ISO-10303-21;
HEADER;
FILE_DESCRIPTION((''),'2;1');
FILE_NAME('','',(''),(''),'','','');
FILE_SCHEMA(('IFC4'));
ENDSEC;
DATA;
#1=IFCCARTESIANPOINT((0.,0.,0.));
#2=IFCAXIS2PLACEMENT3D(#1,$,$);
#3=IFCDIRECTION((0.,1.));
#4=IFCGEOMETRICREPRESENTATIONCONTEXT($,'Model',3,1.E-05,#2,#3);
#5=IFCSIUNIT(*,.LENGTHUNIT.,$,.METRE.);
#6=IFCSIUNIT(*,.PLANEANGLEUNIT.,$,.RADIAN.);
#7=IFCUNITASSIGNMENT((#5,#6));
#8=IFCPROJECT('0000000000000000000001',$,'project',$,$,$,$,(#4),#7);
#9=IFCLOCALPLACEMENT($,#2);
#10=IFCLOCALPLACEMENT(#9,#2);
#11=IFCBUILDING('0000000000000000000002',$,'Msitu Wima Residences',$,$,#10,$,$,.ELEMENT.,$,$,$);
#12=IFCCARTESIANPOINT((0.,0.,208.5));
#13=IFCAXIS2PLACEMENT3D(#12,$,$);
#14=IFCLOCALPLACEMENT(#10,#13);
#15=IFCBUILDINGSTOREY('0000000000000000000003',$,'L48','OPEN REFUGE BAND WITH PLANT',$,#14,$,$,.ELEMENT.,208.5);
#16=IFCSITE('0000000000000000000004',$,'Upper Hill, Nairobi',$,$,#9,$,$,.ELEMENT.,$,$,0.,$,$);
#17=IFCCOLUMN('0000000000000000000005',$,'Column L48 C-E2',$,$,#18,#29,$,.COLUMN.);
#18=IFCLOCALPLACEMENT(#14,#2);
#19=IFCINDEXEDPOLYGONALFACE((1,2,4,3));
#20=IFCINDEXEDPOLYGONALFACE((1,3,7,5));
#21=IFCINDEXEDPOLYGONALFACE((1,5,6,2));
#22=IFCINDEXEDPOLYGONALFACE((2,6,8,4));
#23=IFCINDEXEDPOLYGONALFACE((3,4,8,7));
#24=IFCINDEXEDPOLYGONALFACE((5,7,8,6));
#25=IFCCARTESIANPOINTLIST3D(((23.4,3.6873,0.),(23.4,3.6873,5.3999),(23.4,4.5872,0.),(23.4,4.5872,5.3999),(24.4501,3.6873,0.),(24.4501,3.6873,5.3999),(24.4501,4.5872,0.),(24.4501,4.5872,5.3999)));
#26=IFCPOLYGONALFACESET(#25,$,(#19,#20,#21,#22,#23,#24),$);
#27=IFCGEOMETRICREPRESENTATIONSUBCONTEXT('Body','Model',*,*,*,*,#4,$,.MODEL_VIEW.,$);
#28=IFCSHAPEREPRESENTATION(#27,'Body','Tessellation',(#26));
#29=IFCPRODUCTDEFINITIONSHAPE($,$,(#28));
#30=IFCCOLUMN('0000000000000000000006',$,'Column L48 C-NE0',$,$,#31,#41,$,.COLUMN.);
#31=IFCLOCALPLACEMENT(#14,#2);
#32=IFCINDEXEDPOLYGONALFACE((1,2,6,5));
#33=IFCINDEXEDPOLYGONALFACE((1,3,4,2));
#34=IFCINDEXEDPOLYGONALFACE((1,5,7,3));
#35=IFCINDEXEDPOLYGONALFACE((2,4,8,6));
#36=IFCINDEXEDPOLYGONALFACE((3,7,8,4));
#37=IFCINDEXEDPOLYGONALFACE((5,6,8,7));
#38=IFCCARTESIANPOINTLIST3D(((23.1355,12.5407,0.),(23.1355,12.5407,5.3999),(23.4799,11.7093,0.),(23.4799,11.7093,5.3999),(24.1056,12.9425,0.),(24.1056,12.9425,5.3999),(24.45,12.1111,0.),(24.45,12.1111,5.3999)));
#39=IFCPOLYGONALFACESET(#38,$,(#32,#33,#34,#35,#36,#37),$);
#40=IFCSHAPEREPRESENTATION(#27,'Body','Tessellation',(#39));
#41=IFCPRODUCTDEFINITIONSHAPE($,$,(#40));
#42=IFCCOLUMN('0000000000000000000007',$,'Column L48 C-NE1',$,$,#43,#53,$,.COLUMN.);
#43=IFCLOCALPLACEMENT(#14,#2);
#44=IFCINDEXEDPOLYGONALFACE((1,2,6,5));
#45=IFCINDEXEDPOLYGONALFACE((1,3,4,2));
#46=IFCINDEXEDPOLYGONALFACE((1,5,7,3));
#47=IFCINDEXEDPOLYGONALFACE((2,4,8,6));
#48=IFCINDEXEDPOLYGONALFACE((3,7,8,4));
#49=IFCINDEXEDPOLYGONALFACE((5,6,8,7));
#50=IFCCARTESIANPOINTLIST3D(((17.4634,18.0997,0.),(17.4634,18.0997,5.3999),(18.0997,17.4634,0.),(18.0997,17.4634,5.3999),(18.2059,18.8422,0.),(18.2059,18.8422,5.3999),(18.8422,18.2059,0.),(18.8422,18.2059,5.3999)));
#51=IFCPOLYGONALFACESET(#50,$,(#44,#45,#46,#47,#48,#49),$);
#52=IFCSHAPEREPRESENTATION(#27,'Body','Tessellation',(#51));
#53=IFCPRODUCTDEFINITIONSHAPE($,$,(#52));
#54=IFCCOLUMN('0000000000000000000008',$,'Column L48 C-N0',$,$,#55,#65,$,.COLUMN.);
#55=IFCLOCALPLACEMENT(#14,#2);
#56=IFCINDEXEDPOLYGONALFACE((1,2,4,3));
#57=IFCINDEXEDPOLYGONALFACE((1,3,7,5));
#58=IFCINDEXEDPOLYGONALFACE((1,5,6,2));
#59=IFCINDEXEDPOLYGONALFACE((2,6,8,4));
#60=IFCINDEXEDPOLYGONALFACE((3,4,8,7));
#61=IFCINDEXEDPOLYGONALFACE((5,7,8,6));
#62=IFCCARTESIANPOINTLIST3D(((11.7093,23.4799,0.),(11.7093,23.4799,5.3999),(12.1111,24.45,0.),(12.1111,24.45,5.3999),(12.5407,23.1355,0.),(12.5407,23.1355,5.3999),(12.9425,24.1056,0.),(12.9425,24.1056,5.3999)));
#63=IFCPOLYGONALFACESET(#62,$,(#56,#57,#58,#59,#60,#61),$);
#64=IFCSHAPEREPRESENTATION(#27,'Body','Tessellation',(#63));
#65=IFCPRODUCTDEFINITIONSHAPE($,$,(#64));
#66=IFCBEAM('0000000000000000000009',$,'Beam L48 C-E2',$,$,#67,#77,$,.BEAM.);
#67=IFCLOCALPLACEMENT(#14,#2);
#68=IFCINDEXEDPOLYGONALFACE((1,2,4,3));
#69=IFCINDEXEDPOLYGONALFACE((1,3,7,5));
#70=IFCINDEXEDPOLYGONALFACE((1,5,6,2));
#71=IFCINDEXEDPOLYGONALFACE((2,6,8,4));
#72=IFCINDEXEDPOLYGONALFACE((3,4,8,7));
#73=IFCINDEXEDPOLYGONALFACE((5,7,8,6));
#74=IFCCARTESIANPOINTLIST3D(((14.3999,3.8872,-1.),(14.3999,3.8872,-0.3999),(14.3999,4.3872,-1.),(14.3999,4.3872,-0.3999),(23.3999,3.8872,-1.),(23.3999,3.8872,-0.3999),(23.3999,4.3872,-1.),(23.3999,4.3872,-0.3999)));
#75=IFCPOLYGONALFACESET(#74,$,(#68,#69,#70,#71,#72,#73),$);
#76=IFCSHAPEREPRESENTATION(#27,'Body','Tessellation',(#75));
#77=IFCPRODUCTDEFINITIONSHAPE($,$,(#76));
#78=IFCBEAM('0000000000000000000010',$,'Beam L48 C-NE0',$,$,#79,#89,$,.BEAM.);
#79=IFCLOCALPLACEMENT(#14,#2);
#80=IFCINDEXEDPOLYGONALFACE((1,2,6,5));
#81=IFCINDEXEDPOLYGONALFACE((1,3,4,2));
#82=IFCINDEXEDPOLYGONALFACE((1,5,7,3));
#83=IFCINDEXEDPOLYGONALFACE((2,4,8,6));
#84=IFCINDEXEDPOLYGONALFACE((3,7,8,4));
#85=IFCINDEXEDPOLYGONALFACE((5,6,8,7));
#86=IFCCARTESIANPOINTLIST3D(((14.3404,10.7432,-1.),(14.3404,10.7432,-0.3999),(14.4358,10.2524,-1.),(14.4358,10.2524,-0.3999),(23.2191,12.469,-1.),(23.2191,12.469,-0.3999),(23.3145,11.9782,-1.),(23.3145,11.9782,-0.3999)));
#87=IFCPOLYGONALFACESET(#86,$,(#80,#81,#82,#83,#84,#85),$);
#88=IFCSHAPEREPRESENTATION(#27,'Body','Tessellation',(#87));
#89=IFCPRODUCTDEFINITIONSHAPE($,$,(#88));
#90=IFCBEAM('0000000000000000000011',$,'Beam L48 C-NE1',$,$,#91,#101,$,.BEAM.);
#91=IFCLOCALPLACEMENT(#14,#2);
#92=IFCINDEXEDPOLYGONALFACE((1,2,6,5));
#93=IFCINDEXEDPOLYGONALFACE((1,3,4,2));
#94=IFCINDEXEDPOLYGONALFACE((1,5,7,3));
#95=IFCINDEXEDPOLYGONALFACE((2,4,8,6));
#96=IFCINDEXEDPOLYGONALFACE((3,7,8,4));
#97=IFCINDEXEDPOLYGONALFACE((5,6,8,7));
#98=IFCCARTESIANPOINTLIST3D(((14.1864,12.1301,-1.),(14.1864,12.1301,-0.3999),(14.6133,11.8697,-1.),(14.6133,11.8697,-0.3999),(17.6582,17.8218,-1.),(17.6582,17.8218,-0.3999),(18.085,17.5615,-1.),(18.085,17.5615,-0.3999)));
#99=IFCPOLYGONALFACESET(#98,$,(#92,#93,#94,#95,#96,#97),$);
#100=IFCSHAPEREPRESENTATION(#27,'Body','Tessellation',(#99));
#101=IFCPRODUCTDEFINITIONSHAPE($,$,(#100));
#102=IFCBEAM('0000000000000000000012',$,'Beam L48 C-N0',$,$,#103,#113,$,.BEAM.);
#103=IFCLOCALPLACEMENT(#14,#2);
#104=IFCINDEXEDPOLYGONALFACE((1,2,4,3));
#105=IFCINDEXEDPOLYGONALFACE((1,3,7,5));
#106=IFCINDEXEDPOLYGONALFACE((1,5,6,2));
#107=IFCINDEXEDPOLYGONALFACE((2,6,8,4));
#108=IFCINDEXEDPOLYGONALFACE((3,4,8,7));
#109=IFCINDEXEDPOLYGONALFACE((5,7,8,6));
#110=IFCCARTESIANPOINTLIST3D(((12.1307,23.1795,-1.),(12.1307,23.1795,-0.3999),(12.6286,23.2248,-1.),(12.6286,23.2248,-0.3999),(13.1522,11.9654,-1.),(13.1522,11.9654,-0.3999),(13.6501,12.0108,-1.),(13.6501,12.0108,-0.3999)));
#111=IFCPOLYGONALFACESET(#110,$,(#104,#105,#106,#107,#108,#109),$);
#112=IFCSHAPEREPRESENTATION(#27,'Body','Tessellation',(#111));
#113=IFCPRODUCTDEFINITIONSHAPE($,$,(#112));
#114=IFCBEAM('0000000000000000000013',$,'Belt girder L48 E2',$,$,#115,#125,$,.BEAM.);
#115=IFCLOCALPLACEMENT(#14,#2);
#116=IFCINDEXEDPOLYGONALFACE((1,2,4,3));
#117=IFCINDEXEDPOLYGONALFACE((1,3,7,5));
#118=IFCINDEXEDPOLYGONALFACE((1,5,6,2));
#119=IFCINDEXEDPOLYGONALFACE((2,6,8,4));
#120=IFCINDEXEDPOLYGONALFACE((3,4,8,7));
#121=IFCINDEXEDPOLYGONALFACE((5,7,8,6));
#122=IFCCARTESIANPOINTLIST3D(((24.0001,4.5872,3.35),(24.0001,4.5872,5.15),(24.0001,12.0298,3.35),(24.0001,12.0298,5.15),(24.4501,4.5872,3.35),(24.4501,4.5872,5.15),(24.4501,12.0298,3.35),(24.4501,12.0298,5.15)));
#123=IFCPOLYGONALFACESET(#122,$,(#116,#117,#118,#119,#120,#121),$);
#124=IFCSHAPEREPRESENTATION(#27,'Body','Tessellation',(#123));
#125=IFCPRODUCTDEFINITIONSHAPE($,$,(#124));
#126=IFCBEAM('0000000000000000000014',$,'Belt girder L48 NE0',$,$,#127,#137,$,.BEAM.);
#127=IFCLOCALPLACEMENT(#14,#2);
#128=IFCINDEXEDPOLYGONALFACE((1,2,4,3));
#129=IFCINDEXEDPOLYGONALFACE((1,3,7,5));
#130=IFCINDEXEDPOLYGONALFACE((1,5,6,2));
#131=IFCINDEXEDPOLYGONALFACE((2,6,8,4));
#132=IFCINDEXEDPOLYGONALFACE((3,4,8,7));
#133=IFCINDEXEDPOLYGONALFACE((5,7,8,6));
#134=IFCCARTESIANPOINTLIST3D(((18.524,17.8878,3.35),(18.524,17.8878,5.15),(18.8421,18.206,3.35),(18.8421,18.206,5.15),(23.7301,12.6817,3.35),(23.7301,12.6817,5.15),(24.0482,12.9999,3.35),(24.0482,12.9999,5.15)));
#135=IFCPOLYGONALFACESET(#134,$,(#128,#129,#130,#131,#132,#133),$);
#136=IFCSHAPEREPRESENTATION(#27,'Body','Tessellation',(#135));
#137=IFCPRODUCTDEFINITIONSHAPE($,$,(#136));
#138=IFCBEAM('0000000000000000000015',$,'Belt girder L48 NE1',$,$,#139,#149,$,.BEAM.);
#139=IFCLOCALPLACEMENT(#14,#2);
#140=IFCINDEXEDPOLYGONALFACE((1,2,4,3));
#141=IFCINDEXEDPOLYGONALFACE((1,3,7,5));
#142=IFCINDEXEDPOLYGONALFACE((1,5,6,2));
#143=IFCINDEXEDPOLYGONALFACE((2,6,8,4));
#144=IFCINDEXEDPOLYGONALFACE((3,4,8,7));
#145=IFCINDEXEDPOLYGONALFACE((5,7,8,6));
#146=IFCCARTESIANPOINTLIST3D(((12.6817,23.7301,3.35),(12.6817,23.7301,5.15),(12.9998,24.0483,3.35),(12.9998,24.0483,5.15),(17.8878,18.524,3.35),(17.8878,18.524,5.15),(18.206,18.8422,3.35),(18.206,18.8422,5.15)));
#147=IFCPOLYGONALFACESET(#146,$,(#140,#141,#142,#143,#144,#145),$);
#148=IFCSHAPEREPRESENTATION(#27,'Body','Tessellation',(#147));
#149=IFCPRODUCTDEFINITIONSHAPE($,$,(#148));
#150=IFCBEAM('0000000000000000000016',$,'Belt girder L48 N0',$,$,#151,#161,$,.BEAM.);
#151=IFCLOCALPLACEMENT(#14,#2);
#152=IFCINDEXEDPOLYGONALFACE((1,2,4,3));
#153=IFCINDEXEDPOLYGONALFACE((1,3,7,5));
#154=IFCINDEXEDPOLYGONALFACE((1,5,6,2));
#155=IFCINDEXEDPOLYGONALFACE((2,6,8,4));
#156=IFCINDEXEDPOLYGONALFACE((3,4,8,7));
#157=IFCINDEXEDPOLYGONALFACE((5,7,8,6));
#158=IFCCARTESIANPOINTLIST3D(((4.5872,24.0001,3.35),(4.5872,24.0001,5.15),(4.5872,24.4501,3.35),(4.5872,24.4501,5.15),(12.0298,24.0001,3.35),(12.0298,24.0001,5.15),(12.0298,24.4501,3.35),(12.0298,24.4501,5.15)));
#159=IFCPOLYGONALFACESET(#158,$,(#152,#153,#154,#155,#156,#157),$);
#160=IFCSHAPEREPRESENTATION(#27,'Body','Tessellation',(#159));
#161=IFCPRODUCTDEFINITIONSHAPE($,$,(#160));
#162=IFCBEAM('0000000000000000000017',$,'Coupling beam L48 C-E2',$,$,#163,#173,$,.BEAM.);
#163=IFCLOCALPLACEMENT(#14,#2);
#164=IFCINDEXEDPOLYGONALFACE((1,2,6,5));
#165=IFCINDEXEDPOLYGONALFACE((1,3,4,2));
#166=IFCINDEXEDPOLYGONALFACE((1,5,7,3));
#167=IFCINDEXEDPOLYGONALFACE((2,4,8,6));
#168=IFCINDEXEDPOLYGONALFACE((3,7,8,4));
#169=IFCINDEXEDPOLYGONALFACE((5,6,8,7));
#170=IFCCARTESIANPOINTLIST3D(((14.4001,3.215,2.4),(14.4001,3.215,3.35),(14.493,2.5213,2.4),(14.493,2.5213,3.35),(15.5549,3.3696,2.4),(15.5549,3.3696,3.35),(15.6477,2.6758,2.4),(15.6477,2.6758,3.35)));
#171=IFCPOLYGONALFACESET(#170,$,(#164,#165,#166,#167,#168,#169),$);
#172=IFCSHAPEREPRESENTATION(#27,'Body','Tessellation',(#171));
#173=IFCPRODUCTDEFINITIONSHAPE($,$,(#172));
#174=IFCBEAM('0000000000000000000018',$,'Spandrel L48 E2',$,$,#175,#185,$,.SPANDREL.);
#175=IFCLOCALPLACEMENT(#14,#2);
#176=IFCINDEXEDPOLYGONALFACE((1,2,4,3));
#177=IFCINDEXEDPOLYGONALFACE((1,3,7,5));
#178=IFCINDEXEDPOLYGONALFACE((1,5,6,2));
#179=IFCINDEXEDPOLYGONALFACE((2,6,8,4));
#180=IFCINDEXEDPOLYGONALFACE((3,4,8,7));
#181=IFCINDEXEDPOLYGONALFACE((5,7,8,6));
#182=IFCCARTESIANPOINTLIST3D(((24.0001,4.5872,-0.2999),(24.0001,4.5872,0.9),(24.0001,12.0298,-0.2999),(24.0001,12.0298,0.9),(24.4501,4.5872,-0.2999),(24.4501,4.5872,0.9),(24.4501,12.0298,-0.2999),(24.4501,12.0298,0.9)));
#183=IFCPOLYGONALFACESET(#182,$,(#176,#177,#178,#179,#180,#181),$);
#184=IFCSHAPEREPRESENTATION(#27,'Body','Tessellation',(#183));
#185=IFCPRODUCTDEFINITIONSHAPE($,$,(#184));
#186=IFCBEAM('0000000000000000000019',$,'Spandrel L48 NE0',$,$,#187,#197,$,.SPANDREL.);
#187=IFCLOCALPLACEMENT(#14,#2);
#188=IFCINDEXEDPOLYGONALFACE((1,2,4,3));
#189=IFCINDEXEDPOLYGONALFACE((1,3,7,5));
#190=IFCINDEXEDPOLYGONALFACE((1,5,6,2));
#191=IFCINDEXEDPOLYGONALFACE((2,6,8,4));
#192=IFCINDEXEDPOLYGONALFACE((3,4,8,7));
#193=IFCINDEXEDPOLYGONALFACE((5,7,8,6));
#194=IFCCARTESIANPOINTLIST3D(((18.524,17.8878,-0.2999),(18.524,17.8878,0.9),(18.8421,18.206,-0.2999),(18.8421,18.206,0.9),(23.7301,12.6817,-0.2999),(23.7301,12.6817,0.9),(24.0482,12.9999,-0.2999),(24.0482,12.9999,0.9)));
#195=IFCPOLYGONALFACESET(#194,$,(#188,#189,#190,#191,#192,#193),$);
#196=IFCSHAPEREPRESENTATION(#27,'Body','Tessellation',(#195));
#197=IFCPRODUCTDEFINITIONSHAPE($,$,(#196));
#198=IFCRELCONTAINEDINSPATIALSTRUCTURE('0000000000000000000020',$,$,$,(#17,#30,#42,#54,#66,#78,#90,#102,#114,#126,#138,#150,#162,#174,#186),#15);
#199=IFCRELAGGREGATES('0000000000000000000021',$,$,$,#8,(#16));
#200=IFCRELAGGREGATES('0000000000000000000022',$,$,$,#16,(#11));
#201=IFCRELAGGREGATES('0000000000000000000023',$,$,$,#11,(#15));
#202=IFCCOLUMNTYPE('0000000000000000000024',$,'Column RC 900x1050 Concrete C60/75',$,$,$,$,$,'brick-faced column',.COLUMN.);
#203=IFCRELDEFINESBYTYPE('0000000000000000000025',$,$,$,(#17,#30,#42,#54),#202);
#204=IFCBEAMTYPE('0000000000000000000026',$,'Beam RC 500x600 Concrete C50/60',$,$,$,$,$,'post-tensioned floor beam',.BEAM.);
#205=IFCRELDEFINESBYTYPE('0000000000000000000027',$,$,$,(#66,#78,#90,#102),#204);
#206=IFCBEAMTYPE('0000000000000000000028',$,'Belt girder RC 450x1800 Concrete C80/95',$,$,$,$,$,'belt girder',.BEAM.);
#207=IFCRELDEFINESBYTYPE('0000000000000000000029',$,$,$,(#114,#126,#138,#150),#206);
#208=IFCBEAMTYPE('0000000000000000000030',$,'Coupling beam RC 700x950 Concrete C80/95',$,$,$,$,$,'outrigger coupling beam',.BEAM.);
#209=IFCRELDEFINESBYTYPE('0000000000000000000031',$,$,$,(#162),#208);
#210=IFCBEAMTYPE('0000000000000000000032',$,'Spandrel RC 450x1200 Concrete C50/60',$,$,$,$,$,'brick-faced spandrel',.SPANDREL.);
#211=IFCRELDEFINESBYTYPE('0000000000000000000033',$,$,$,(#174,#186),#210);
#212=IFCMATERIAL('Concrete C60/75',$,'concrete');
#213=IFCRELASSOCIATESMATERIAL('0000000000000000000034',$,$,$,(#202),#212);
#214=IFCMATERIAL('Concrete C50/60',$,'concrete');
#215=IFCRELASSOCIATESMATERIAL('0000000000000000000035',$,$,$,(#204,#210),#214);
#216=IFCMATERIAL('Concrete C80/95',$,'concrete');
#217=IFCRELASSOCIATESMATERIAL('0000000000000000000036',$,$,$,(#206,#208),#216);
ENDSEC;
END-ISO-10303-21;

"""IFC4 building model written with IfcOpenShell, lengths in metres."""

from ifc_helpers import new_model, si_unit, direction, frame, origin, origin_2d, place, context, subcontext, project, spatial, rectangle, extrude, material, material_profile, profile_set, type_object, element, save


model = new_model("IFC4")

# Units and contexts
model_context = context("Model", 3, precision=1e-05, world=origin(), true_north=direction((0.0, 1.0)))
body_context = subcontext(model_context, "Body", "Model", "MODEL_VIEW")
ifc_project = project(units=[si_unit("LENGTHUNIT", "METRE"), si_unit("PLANEANGLEUNIT", "RADIAN")], contexts=[model_context])

# Site, building, storey
site_placement = place(None, origin())
site = spatial("IfcSite", under=ifc_project, at=site_placement, Name="Upper Hill, Nairobi", CompositionType="ELEMENT", RefElevation=0.0)
building_placement = place(site_placement, origin())
building = spatial("IfcBuilding", under=site, at=building_placement, Name="Msitu Wima Residences", CompositionType="ELEMENT")
storey_placement = place(building_placement, frame((0.0, 0.0, 208.5)))
storey = spatial("IfcBuildingStorey", under=building, at=storey_placement, Name="L48", Description="OPEN REFUGE BAND WITH PLANT", CompositionType="ELEMENT", Elevation=208.5)

# Columns
ifc_material_1 = material(Name="Concrete C60/75", Category="concrete")
ifc_material_profile_1 = material_profile(ifc_material_1, rectangle(XDim=0.8999, YDim=1.05, at=origin_2d()), Name="RC 900x1050")
ifc_profile_set_1 = profile_set([ifc_material_profile_1], Name="Concrete C60/75")
column_type = type_object("IfcColumnType", Name="Column RC 900x1050 Concrete C60/75", ElementType="brick-faced column", PredefinedType="COLUMN", material=ifc_profile_set_1)
for number, where, z_axis, x_axis, name in (
    (1, (23.925, 4.1372, 0.0), (0.0, 0.0, 1.0), (0.0, 1.0, 0.0), "Column L48 C-E2"),
    (2, (23.7927, 12.3259, 0.0), (0.0, 0.0, 1.0), (-0.382683, 0.92388, 0.0), "Column L48 C-NE0"),
    (3, (18.1528, 18.1528, 0.0), (0.0, 0.0, 1.0), (-0.707107, 0.707107, 0.0), "Column L48 C-NE1"),
    (4, (12.3259, 23.7927, 0.0), (0.0, 0.0, 1.0), (-0.92388, 0.382683, 0.0), "Column L48 C-N0"),
):
    element("IfcColumn", number, at=place(storey_placement, frame(where, z_axis=z_axis, x_axis=x_axis)), inside=storey, type_object=column_type, Name=name, PredefinedType="COLUMN", context=body_context, shape_type="SweptSolid", body=[
        extrude(rectangle(XDim=0.8999, YDim=1.05, at=origin_2d()), origin(), (0.0, 0.0, 1.0), 5.3999),
    ])

# Beams
ifc_material_2 = material(Name="Concrete C50/60", Category="concrete")
ifc_material_profile_2 = material_profile(ifc_material_2, rectangle(XDim=0.5, YDim=0.6001, at=origin_2d()), Name="RC 500x600")
ifc_profile_set_2 = profile_set([ifc_material_profile_2], Name="Concrete C50/60")
beam_type_1 = type_object("IfcBeamType", Name="Beam RC 500x600 Concrete C50/60", ElementType="post-tensioned floor beam", PredefinedType="BEAM", material=ifc_profile_set_2)
beam_1_placement = place(storey_placement, frame((23.3999, 4.1372, -0.7), z_axis=(-1.0, 0.0, 0.0), x_axis=(0.0, -1.0, 0.0)))
element("IfcBeam", 5, at=beam_1_placement, inside=storey, type_object=beam_type_1, Name="Beam L48 C-E2", PredefinedType="BEAM", context=body_context, shape_type="SweptSolid", body=[
    extrude(rectangle(XDim=0.5, YDim=0.6001, at=origin_2d()), origin(), (0.0, 0.0, 1.0), 9.0),
])
beam_2_placement = place(storey_placement, frame((23.2668, 12.2236, -0.7), z_axis=(-0.981627, -0.190808, 0.0), x_axis=(0.190808, -0.981627, 0.0)))
element("IfcBeam", 6, at=beam_2_placement, inside=storey, type_object=beam_type_1, Name="Beam L48 C-NE0", PredefinedType="BEAM", context=body_context, shape_type="SweptSolid", body=[
    extrude(rectangle(XDim=0.5, YDim=0.6001, at=origin_2d()), origin(), (0.0, 0.0, 1.0), 9.0449),
])
beam_3_placement = place(storey_placement, frame((17.8716, 17.6917, -0.7), z_axis=(-0.520734, -0.853719, 0.0), x_axis=(0.853719, -0.520734, 0.0)))
element("IfcBeam", 7, at=beam_3_placement, inside=storey, type_object=beam_type_1, Name="Beam L48 C-NE1", PredefinedType="BEAM", context=body_context, shape_type="SweptSolid", body=[
    extrude(rectangle(XDim=0.5, YDim=0.6001, at=origin_2d()), origin(), (0.0, 0.0, 1.0), 6.667),
])
beam_4_placement = place(storey_placement, frame((12.3796, 23.2021, -0.7), z_axis=(0.090714, -0.995877, 0.0), x_axis=(0.995877, 0.090714, 0.0)))
element("IfcBeam", 8, at=beam_4_placement, inside=storey, type_object=beam_type_1, Name="Beam L48 C-N0", PredefinedType="BEAM", context=body_context, shape_type="SweptSolid", body=[
    extrude(rectangle(XDim=0.5, YDim=0.6001, at=origin_2d()), origin(), (0.0, 0.0, 1.0), 11.2605),
])
ifc_material_3 = material(Name="Concrete C80/95", Category="concrete")
ifc_material_profile_3 = material_profile(ifc_material_3, rectangle(XDim=0.45, YDim=1.8, at=origin_2d()), Name="RC 450x1800")
ifc_profile_set_3 = profile_set([ifc_material_profile_3], Name="Concrete C80/95")
beam_type_2 = type_object("IfcBeamType", Name="Belt girder RC 450x1800 Concrete C80/95", ElementType="belt girder", PredefinedType="BEAM", material=ifc_profile_set_3)
beam_5_placement = place(storey_placement, frame((24.2251, 4.5872, 4.25), z_axis=(0.0, 1.0, 0.0), x_axis=(-1.0, 0.0, 0.0)))
element("IfcBeam", 9, at=beam_5_placement, inside=storey, type_object=beam_type_2, Name="Belt girder L48 E2", PredefinedType="BEAM", context=body_context, shape_type="SweptSolid", body=[
    extrude(rectangle(XDim=0.45, YDim=1.8, at=origin_2d()), origin(), (0.0, 0.0, 1.0), 7.4426),
])
for number, where, z_axis, x_axis, name in (
    (10, (23.8892, 12.8408, 4.25), (-0.707107, 0.707107, 0.0), (-0.707107, -0.707107, 0.0), "Belt girder L48 NE0"),
    (11, (18.0469, 18.6831, 4.25), (-0.707107, 0.707107, 0.0), (-0.707107, -0.707107, 0.0), "Belt girder L48 NE1"),
):
    element("IfcBeam", number, at=place(storey_placement, frame(where, z_axis=z_axis, x_axis=x_axis)), inside=storey, type_object=beam_type_2, Name=name, PredefinedType="BEAM", context=body_context, shape_type="SweptSolid", body=[
        extrude(rectangle(XDim=0.45, YDim=1.8, at=origin_2d()), origin(), (0.0, 0.0, 1.0), 7.3625),
    ])
beam_6_placement = place(storey_placement, frame((12.0298, 24.2251, 4.25), z_axis=(-1.0, 0.0, 0.0), x_axis=(0.0, -1.0, 0.0)))
element("IfcBeam", 12, at=beam_6_placement, inside=storey, type_object=beam_type_2, Name="Belt girder L48 N0", PredefinedType="BEAM", context=body_context, shape_type="SweptSolid", body=[
    extrude(rectangle(XDim=0.45, YDim=1.8, at=origin_2d()), origin(), (0.0, 0.0, 1.0), 7.4426),
])
ifc_material_profile_4 = material_profile(ifc_material_3, rectangle(XDim=0.7, YDim=0.95, at=origin_2d()), Name="RC 700x950")
ifc_profile_set_4 = profile_set([ifc_material_profile_4], Name="Concrete C80/95")
beam_type_3 = type_object("IfcBeamType", Name="Coupling beam RC 700x950 Concrete C80/95", ElementType="outrigger coupling beam", PredefinedType="BEAM", material=ifc_profile_set_4)
beam_7_placement = place(storey_placement, frame((14.4465, 2.8682, 2.875), z_axis=(0.991164, 0.132644, 0.0), x_axis=(-0.132644, 0.991164, 0.0)))
element("IfcBeam", 13, at=beam_7_placement, inside=storey, type_object=beam_type_3, Name="Coupling beam L48 C-E2", PredefinedType="BEAM", context=body_context, shape_type="SweptSolid", body=[
    extrude(rectangle(XDim=0.7, YDim=0.95, at=origin_2d()), origin(), (0.0, 0.0, 1.0), 1.165),
])
ifc_material_profile_5 = material_profile(ifc_material_2, rectangle(XDim=0.45, YDim=1.2, at=origin_2d()), Name="RC 450x1200")
ifc_profile_set_5 = profile_set([ifc_material_profile_5], Name="Concrete C50/60")
beam_type_4 = type_object("IfcBeamType", Name="Spandrel RC 450x1200 Concrete C50/60", ElementType="brick-faced spandrel", PredefinedType="SPANDREL", material=ifc_profile_set_5)
beam_8_placement = place(storey_placement, frame((24.2251, 4.5872, 0.3), z_axis=(0.0, 1.0, 0.0), x_axis=(-1.0, 0.0, 0.0)))
element("IfcBeam", 14, at=beam_8_placement, inside=storey, type_object=beam_type_4, Name="Spandrel L48 E2", PredefinedType="SPANDREL", context=body_context, shape_type="SweptSolid", body=[
    extrude(rectangle(XDim=0.45, YDim=1.2, at=origin_2d()), origin(), (0.0, 0.0, 1.0), 7.4426),
])
for number, where, z_axis, x_axis, name in (
    (15, (23.8892, 12.8408, 0.3), (-0.707107, 0.707107, 0.0), (-0.707107, -0.707107, 0.0), "Spandrel L48 NE0"),
):
    element("IfcBeam", number, at=place(storey_placement, frame(where, z_axis=z_axis, x_axis=x_axis)), inside=storey, type_object=beam_type_4, Name=name, PredefinedType="SPANDREL", context=body_context, shape_type="SweptSolid", body=[
        extrude(rectangle(XDim=0.45, YDim=1.2, at=origin_2d()), origin(), (0.0, 0.0, 1.0), 7.3625),
    ])

save(model, "model.ifc")
